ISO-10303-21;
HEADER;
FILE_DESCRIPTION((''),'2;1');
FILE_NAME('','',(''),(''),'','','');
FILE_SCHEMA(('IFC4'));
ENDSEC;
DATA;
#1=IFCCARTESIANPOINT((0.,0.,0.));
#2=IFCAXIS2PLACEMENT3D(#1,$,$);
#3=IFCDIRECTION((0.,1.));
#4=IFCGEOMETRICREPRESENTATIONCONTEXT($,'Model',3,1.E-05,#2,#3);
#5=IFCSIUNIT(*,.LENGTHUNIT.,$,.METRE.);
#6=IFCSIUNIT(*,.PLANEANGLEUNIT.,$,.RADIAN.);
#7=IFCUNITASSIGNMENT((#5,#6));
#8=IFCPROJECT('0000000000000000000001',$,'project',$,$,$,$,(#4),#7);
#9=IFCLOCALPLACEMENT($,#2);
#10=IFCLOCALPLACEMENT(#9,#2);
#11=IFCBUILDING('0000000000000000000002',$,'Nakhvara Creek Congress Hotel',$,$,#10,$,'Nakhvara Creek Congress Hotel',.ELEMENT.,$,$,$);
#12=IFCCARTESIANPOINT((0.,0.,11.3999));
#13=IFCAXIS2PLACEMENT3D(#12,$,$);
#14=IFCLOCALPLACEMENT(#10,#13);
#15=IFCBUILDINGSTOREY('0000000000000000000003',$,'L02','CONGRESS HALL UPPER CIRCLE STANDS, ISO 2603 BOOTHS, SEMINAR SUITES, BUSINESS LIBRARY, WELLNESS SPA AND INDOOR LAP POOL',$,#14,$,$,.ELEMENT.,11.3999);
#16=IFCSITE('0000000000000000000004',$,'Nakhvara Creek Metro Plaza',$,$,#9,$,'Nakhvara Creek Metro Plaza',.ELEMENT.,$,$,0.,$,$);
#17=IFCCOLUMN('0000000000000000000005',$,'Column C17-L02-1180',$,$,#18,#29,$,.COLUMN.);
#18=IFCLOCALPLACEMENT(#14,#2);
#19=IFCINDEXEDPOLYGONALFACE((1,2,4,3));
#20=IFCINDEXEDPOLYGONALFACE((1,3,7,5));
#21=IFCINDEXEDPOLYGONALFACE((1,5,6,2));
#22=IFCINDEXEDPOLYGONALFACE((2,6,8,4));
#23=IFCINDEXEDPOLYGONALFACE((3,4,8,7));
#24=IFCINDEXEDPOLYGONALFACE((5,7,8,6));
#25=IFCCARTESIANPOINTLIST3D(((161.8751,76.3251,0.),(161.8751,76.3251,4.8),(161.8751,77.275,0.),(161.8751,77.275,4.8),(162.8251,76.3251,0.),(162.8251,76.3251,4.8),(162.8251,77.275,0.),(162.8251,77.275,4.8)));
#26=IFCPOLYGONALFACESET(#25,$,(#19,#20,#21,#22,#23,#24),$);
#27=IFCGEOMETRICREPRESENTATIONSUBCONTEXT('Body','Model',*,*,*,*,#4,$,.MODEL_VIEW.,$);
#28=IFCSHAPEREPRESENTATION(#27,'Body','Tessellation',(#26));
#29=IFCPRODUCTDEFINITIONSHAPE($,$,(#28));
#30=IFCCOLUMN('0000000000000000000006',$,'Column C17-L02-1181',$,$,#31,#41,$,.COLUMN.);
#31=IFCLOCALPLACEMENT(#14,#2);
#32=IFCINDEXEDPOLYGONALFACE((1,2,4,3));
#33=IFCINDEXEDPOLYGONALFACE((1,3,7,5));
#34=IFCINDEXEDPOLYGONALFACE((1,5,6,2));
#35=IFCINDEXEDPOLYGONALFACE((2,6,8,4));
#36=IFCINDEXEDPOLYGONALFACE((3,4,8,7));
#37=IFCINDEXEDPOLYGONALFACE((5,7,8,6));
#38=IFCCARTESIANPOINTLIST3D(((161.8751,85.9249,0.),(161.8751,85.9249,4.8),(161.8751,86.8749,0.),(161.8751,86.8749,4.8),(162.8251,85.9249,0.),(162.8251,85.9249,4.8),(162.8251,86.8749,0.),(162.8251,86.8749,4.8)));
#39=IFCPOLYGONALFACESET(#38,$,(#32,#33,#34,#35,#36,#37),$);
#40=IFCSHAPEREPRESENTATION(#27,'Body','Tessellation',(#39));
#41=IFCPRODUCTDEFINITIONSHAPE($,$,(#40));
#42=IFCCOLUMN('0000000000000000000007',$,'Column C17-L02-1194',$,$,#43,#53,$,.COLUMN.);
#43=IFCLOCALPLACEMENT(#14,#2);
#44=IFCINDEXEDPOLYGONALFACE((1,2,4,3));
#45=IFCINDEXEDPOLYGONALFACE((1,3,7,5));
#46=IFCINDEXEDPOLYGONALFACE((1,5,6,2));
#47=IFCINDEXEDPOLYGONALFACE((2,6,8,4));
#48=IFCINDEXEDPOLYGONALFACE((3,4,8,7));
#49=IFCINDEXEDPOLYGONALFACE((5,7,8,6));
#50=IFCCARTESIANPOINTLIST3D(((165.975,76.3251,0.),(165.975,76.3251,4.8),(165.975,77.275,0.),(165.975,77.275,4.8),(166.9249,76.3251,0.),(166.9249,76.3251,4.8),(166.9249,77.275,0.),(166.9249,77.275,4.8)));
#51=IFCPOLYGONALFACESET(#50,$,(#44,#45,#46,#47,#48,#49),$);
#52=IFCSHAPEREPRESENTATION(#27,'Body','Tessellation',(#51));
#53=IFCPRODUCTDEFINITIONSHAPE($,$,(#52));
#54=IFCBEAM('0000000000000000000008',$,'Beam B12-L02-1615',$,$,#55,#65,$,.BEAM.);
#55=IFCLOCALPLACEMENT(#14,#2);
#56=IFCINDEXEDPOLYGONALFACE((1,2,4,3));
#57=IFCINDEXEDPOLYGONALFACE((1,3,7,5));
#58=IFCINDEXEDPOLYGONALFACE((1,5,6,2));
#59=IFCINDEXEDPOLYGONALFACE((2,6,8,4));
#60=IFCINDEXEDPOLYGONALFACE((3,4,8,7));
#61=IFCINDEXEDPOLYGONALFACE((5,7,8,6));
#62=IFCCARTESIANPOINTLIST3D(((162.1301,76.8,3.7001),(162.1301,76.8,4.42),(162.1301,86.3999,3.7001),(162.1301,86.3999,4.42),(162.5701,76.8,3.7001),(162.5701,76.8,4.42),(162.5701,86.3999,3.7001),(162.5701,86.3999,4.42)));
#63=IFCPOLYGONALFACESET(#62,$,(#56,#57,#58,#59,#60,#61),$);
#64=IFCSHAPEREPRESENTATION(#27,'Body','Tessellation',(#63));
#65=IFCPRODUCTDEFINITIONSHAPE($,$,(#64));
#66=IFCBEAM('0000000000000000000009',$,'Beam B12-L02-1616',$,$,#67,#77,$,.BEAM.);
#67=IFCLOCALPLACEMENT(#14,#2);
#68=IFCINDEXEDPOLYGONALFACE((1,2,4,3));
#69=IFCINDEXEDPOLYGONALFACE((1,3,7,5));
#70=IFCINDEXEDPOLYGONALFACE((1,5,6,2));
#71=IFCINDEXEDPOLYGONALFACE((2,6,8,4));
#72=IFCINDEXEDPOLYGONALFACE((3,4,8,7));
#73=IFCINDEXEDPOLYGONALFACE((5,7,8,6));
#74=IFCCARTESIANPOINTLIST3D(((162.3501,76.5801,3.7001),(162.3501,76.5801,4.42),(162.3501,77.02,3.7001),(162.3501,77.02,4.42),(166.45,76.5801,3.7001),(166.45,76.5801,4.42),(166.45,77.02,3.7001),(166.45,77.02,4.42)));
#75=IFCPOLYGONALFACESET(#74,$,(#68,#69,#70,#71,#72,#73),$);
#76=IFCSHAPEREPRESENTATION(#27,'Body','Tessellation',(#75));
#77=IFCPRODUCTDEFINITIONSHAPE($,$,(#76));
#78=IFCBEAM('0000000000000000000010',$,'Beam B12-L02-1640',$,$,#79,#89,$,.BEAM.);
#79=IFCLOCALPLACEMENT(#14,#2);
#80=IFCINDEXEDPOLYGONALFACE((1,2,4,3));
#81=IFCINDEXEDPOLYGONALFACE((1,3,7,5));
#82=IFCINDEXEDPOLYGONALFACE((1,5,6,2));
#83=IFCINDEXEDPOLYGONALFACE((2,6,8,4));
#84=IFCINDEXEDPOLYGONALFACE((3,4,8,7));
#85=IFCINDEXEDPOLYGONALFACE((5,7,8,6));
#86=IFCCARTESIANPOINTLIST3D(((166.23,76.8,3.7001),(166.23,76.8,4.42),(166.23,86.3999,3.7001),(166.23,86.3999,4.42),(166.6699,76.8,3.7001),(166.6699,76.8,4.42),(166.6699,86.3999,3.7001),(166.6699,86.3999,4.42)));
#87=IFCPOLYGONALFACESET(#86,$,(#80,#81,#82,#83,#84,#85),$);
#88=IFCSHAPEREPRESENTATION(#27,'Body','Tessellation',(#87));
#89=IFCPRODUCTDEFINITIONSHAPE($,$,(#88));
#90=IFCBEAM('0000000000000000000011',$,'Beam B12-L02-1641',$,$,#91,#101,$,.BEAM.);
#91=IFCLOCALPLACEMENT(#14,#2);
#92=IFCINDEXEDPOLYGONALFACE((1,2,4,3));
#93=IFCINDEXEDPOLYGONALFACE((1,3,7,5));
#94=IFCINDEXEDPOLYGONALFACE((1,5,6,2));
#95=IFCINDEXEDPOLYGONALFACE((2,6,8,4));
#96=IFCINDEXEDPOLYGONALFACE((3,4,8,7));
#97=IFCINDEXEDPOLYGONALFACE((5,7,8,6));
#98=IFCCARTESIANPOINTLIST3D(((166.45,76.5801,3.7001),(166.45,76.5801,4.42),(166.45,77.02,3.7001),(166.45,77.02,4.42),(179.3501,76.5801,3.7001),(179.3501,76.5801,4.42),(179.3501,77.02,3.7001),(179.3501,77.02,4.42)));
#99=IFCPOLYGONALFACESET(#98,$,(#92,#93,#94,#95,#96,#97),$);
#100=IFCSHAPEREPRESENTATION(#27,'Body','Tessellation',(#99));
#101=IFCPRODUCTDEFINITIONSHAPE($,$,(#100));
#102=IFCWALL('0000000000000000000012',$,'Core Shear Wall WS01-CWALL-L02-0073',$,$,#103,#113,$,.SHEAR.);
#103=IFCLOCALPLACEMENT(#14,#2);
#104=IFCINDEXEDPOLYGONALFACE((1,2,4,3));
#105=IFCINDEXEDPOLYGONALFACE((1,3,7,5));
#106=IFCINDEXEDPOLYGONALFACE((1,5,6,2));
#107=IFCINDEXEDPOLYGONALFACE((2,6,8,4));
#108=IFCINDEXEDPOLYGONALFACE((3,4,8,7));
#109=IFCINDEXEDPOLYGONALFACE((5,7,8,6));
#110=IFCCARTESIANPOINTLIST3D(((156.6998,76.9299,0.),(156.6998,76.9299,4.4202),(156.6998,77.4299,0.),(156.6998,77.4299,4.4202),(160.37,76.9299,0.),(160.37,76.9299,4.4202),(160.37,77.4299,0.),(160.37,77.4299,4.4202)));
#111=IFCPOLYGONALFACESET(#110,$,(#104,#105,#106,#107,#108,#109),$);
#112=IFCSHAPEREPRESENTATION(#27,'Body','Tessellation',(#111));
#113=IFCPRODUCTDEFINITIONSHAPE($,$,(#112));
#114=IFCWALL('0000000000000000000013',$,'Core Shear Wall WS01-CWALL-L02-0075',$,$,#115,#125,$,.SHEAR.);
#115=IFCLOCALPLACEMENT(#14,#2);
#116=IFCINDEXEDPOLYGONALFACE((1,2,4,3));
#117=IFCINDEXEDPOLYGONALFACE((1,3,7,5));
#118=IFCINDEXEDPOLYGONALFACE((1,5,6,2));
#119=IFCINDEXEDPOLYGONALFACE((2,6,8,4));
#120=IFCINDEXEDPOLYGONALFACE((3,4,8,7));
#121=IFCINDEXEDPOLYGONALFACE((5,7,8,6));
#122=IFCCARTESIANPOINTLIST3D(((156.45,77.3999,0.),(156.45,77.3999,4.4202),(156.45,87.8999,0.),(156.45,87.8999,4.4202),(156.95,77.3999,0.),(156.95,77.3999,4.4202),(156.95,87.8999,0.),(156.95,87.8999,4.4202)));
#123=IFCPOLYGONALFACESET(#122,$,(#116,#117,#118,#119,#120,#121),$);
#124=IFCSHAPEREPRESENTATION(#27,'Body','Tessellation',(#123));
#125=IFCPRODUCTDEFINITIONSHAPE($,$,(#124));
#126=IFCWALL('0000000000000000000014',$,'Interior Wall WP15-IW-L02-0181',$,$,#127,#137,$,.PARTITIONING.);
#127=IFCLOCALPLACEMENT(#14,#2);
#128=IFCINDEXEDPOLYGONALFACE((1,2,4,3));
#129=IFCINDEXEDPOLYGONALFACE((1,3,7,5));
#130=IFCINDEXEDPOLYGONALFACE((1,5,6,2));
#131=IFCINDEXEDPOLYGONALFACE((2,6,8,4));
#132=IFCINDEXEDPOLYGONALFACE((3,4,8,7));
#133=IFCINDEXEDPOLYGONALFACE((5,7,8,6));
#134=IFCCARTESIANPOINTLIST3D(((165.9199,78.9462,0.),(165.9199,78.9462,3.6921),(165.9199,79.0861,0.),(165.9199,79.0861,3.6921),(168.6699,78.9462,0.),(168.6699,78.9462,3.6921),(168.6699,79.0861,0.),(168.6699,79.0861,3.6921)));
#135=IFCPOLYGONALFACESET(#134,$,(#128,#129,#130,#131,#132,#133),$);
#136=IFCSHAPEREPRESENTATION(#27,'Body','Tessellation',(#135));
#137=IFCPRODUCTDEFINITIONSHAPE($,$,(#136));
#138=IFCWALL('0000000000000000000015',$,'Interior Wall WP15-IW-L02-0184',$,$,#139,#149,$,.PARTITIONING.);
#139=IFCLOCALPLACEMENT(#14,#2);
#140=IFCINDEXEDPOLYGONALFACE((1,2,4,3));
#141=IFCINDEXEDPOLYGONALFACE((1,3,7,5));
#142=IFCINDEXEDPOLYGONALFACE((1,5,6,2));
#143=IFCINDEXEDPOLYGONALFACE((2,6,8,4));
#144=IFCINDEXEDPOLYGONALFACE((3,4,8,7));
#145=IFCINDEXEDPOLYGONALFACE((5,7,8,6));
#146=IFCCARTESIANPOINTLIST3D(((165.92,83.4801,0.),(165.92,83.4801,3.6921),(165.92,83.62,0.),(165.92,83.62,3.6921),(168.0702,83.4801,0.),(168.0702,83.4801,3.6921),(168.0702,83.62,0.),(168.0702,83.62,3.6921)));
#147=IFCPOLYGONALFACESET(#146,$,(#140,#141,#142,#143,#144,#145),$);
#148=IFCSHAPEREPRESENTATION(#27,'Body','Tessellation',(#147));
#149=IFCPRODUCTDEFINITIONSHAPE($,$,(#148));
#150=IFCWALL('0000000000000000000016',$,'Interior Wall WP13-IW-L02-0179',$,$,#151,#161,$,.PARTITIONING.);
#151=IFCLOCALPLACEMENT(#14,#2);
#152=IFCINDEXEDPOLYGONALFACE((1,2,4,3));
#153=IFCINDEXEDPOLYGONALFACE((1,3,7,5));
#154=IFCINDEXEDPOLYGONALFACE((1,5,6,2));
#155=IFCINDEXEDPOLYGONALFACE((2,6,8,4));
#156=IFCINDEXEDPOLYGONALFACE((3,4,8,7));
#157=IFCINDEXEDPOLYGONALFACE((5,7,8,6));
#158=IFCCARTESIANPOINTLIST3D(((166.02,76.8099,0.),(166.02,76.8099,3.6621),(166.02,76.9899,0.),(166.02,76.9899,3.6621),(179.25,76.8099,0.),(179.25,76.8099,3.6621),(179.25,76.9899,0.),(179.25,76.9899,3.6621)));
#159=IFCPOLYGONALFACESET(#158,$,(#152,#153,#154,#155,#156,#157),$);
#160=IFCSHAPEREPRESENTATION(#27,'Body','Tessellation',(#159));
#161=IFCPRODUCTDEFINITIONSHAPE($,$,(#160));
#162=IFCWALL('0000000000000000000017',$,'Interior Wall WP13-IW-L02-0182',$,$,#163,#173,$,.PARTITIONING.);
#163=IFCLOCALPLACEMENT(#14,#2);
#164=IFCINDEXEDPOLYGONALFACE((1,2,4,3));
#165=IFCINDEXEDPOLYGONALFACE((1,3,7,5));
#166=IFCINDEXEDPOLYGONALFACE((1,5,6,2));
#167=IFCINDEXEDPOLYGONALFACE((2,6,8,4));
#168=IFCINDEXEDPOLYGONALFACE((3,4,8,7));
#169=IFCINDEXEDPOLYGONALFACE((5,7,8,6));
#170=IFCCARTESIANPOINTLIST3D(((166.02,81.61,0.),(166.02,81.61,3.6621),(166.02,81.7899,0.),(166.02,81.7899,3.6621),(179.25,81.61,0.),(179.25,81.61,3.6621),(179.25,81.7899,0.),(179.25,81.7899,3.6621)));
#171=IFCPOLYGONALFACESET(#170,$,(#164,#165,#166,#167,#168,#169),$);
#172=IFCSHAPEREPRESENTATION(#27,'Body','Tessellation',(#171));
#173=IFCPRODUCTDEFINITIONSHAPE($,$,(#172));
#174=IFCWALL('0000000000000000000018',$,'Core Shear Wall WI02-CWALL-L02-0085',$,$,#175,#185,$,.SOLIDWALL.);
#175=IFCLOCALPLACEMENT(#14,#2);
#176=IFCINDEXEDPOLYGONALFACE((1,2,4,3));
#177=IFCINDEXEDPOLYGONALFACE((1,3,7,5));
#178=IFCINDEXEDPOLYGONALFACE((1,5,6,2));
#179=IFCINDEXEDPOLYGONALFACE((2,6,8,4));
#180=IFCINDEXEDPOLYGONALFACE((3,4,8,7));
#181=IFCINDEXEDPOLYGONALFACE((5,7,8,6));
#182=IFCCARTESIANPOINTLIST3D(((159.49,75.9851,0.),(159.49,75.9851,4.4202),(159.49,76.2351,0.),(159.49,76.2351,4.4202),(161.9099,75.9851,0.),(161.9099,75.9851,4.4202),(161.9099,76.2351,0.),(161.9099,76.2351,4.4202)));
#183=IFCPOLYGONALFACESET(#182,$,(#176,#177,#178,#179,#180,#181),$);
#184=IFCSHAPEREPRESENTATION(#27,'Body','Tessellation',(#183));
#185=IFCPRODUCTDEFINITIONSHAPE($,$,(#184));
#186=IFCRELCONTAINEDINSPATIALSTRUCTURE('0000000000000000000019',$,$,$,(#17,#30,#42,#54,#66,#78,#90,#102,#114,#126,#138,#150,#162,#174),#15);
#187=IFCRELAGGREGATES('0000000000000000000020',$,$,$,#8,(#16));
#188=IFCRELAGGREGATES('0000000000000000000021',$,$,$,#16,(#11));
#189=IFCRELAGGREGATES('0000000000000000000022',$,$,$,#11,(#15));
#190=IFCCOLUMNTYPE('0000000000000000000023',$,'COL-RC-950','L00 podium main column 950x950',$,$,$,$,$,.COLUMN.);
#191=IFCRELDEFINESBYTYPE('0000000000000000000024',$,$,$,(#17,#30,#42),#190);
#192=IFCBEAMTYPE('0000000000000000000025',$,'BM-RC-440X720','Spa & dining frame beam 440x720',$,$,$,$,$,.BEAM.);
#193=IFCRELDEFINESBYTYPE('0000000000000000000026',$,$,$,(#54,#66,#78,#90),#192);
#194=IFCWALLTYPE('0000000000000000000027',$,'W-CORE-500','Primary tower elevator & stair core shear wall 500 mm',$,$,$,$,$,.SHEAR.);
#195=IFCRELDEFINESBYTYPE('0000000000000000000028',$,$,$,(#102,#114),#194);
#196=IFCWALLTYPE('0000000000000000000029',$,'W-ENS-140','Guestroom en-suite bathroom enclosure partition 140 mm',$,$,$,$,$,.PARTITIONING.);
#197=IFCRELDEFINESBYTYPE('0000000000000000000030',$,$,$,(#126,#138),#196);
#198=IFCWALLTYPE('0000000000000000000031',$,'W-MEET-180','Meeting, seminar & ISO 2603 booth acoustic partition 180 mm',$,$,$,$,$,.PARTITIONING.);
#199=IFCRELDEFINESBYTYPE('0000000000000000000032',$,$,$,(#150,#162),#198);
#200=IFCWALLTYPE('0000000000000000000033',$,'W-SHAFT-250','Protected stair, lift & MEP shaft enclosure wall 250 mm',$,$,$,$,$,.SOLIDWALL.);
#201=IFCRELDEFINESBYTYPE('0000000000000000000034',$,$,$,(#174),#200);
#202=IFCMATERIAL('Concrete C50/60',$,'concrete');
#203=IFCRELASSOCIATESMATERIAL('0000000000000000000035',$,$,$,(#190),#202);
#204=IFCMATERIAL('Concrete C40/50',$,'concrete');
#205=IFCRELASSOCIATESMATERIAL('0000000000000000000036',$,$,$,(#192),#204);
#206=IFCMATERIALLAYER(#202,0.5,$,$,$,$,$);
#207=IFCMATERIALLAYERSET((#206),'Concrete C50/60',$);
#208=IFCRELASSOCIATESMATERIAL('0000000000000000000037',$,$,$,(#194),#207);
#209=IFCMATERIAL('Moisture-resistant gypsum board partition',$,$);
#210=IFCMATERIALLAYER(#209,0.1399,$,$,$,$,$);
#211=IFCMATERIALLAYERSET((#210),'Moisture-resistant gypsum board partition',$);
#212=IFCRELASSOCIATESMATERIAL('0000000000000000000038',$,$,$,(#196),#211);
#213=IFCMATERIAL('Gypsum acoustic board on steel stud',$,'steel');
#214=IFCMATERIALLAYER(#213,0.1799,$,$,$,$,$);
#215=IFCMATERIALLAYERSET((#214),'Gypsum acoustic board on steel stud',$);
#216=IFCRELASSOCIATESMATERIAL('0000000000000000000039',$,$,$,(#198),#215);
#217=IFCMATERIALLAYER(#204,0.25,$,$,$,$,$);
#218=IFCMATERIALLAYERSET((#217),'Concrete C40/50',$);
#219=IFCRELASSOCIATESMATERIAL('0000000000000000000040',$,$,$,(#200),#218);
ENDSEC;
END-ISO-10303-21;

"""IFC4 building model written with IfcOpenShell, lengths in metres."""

from ifc_helpers import new_model, si_unit, direction, frame, frame_2d, origin, origin_2d, place, context, subcontext, project, spatial, rectangle, extrude, material, layer, layer_set, material_profile, profile_set, type_object, element, save


model = new_model("IFC4")

# Units and contexts
model_context = context("Model", 3, precision=1e-05, world=origin(), true_north=direction((0.0, 1.0)))
body_context = subcontext(model_context, "Body", "Model", "MODEL_VIEW")
ifc_project = project(units=[si_unit("LENGTHUNIT", "METRE"), si_unit("PLANEANGLEUNIT", "RADIAN")], contexts=[model_context])

# Site, building, storey
site_placement = place(None, origin())
site = spatial("IfcSite", under=ifc_project, at=site_placement, Name="Nakhvara Creek Metro Plaza", LongName="Nakhvara Creek Metro Plaza", CompositionType="ELEMENT", RefElevation=0.0)
building_placement = place(site_placement, origin())
building = spatial("IfcBuilding", under=site, at=building_placement, Name="Nakhvara Creek Congress Hotel", LongName="Nakhvara Creek Congress Hotel", CompositionType="ELEMENT")
storey_placement = place(building_placement, frame((0.0, 0.0, 11.3999)))
storey = spatial("IfcBuildingStorey", under=building, at=storey_placement, Name="L02", Description="CONGRESS HALL UPPER CIRCLE STANDS, ISO 2603 BOOTHS, SEMINAR SUITES, BUSINESS LIBRARY, WELLNESS SPA AND INDOOR LAP POOL", CompositionType="ELEMENT", Elevation=11.3999)

# Columns
ifc_material_1 = material(Name="Concrete C50/60", Category="concrete")
ifc_material_profile_1 = material_profile(ifc_material_1, rectangle(XDim=0.95, YDim=0.95, at=origin_2d()), Name="RC-COL 950x950", Category="LoadBearing")
ifc_profile_set_1 = profile_set([ifc_material_profile_1], Name="Concrete C50/60")
column_type = type_object("IfcColumnType", Name="COL-RC-950", Description="L00 podium main column 950x950", PredefinedType="COLUMN", material=ifc_profile_set_1)
for number, where, z_axis, x_axis, name in (
    (1, (162.3501, 76.8, 0.0), (0.0, 0.0, 1.0), (1.0, 0.0, 0.0), "Column C17-L02-1180"),
    (2, (162.3501, 86.3999, 0.0), (0.0, 0.0, 1.0), (1.0, 0.0, 0.0), "Column C17-L02-1181"),
    (3, (166.45, 76.8, 0.0), (0.0, 0.0, 1.0), (1.0, 0.0, 0.0), "Column C17-L02-1194"),
):
    element("IfcColumn", number, at=place(storey_placement, frame(where, z_axis=z_axis, x_axis=x_axis)), inside=storey, type_object=column_type, Name=name, PredefinedType="COLUMN", context=body_context, shape_type="SweptSolid", body=[
        extrude(rectangle(XDim=0.95, YDim=0.95, at=origin_2d()), origin(), (0.0, 0.0, 1.0), 4.8),
    ])

# Beams
ifc_material_2 = material(Name="Concrete C40/50", Category="concrete")
ifc_material_profile_2 = material_profile(ifc_material_2, rectangle(XDim=0.4399, YDim=0.72, at=origin_2d()), Name="RC-BM 440x720", Category="LoadBearing")
ifc_profile_set_2 = profile_set([ifc_material_profile_2], Name="Concrete C40/50")
beam_type = type_object("IfcBeamType", Name="BM-RC-440X720", Description="Spa & dining frame beam 440x720", PredefinedType="BEAM", material=ifc_profile_set_2)
beam_1_placement = place(storey_placement, frame((162.3501, 76.8, 4.0601), z_axis=(0.0, 1.0, 0.0), x_axis=(-1.0, 0.0, 0.0)))
element("IfcBeam", 4, at=beam_1_placement, inside=storey, type_object=beam_type, Name="Beam B12-L02-1615", PredefinedType="BEAM", context=body_context, shape_type="SweptSolid", body=[
    extrude(rectangle(XDim=0.4399, YDim=0.72, at=origin_2d()), origin(), (0.0, 0.0, 1.0), 9.5999),
])
beam_2_placement = place(storey_placement, frame((162.3501, 76.8, 4.0601), z_axis=(1.0, 0.0, 0.0), x_axis=(0.0, 1.0, 0.0)))
element("IfcBeam", 5, at=beam_2_placement, inside=storey, type_object=beam_type, Name="Beam B12-L02-1616", PredefinedType="BEAM", context=body_context, shape_type="SweptSolid", body=[
    extrude(rectangle(XDim=0.4399, YDim=0.72, at=origin_2d()), origin(), (0.0, 0.0, 1.0), 4.0999),
])
beam_3_placement = place(storey_placement, frame((166.45, 76.8, 4.0601), z_axis=(0.0, 1.0, 0.0), x_axis=(-1.0, 0.0, 0.0)))
element("IfcBeam", 6, at=beam_3_placement, inside=storey, type_object=beam_type, Name="Beam B12-L02-1640", PredefinedType="BEAM", context=body_context, shape_type="SweptSolid", body=[
    extrude(rectangle(XDim=0.4399, YDim=0.72, at=origin_2d()), origin(), (0.0, 0.0, 1.0), 9.5999),
])
beam_4_placement = place(storey_placement, frame((166.45, 76.8, 4.0601), z_axis=(1.0, 0.0, 0.0), x_axis=(0.0, 1.0, 0.0)))
element("IfcBeam", 7, at=beam_4_placement, inside=storey, type_object=beam_type, Name="Beam B12-L02-1641", PredefinedType="BEAM", context=body_context, shape_type="SweptSolid", body=[
    extrude(rectangle(XDim=0.4399, YDim=0.72, at=origin_2d()), origin(), (0.0, 0.0, 1.0), 12.9001),
])

# Walls
ifc_layer_1 = layer(ifc_material_1, 0.5)
ifc_layer_set_1 = layer_set([ifc_layer_1], Name="Concrete C50/60")
wall_type_1 = type_object("IfcWallType", Name="W-CORE-500", Description="Primary tower elevator & stair core shear wall 500 mm", PredefinedType="SHEAR", material=ifc_layer_set_1)
wall_1_placement = place(storey_placement, frame((156.7, 77.1799, 0.0), z_axis=(0.0, 0.0, 1.0), x_axis=(1.0, 0.0, 0.0)))
element("IfcWall", 8, at=wall_1_placement, inside=storey, type_object=wall_type_1, Name="Core Shear Wall WS01-CWALL-L02-0073", PredefinedType="SHEAR", context=body_context, shape_type="SweptSolid", body=[
    extrude(rectangle(XDim=3.6702, YDim=0.5, at=frame_2d((1.835, 0.0))), origin(), (0.0, 0.0, 1.0), 4.4202),
])
wall_2_placement = place(storey_placement, frame((156.7, 77.3999, 0.0), z_axis=(0.0, 0.0, 1.0), x_axis=(0.0, 1.0, 0.0)))
element("IfcWall", 9, at=wall_2_placement, inside=storey, type_object=wall_type_1, Name="Core Shear Wall WS01-CWALL-L02-0075", PredefinedType="SHEAR", context=body_context, shape_type="SweptSolid", body=[
    extrude(rectangle(XDim=10.5, YDim=0.5, at=frame_2d((5.25, 0.0))), origin(), (0.0, 0.0, 1.0), 4.4202),
])

# Walls
ifc_material_3 = material(Name="Moisture-resistant gypsum board partition")
ifc_layer_2 = layer(ifc_material_3, 0.1399)
ifc_layer_set_2 = layer_set([ifc_layer_2], Name="Moisture-resistant gypsum board partition")
wall_type_2 = type_object("IfcWallType", Name="W-ENS-140", Description="Guestroom en-suite bathroom enclosure partition 140 mm", PredefinedType="PARTITIONING", material=ifc_layer_set_2)
wall_3_placement = place(storey_placement, frame((165.9199, 79.0161, 0.0), z_axis=(0.0, 0.0, 1.0), x_axis=(1.0, 0.0, 0.0)))
element("IfcWall", 10, at=wall_3_placement, inside=storey, type_object=wall_type_2, Name="Interior Wall WP15-IW-L02-0181", PredefinedType="PARTITIONING", context=body_context, shape_type="SweptSolid", body=[
    extrude(rectangle(XDim=2.75, YDim=0.1399, at=frame_2d((1.375, 0.0))), origin(), (0.0, 0.0, 1.0), 3.6921),
])
wall_4_placement = place(storey_placement, frame((165.9199, 83.55, 0.0), z_axis=(0.0, 0.0, 1.0), x_axis=(1.0, 0.0, 0.0)))
element("IfcWall", 11, at=wall_4_placement, inside=storey, type_object=wall_type_2, Name="Interior Wall WP15-IW-L02-0184", PredefinedType="PARTITIONING", context=body_context, shape_type="SweptSolid", body=[
    extrude(rectangle(XDim=2.1501, YDim=0.1399, at=frame_2d((1.0752, 0.0))), origin(), (0.0, 0.0, 1.0), 3.6921),
])
ifc_material_4 = material(Name="Gypsum acoustic board on steel stud", Category="steel")
ifc_layer_3 = layer(ifc_material_4, 0.1799)
ifc_layer_set_3 = layer_set([ifc_layer_3], Name="Gypsum acoustic board on steel stud")
wall_type_3 = type_object("IfcWallType", Name="W-MEET-180", Description="Meeting, seminar & ISO 2603 booth acoustic partition 180 mm", PredefinedType="PARTITIONING", material=ifc_layer_set_3)
for number, where, z_axis, x_axis, name in (
    (12, (166.02, 76.8999, 0.0), (0.0, 0.0, 1.0), (1.0, 0.0, 0.0), "Interior Wall WP13-IW-L02-0179"),
    (13, (166.02, 81.7, 0.0), (0.0, 0.0, 1.0), (1.0, 0.0, 0.0), "Interior Wall WP13-IW-L02-0182"),
):
    element("IfcWall", number, at=place(storey_placement, frame(where, z_axis=z_axis, x_axis=x_axis)), inside=storey, type_object=wall_type_3, Name=name, PredefinedType="PARTITIONING", context=body_context, shape_type="SweptSolid", body=[
        extrude(rectangle(XDim=13.23, YDim=0.1799, at=frame_2d((6.615, 0.0))), origin(), (0.0, 0.0, 1.0), 3.6621),
    ])
ifc_layer_4 = layer(ifc_material_2, 0.25)
ifc_layer_set_4 = layer_set([ifc_layer_4], Name="Concrete C40/50")
wall_type_4 = type_object("IfcWallType", Name="W-SHAFT-250", Description="Protected stair, lift & MEP shaft enclosure wall 250 mm", PredefinedType="SOLIDWALL", material=ifc_layer_set_4)
wall_5_placement = place(storey_placement, frame((159.49, 76.1101, 0.0), z_axis=(0.0, 0.0, 1.0), x_axis=(1.0, 0.0, 0.0)))
element("IfcWall", 14, at=wall_5_placement, inside=storey, type_object=wall_type_4, Name="Core Shear Wall WI02-CWALL-L02-0085", PredefinedType="SOLIDWALL", context=body_context, shape_type="SweptSolid", body=[
    extrude(rectangle(XDim=2.4199, YDim=0.25, at=frame_2d((1.21, 0.0))), origin(), (0.0, 0.0, 1.0), 4.4202),
])

save(model, "model.ifc")
